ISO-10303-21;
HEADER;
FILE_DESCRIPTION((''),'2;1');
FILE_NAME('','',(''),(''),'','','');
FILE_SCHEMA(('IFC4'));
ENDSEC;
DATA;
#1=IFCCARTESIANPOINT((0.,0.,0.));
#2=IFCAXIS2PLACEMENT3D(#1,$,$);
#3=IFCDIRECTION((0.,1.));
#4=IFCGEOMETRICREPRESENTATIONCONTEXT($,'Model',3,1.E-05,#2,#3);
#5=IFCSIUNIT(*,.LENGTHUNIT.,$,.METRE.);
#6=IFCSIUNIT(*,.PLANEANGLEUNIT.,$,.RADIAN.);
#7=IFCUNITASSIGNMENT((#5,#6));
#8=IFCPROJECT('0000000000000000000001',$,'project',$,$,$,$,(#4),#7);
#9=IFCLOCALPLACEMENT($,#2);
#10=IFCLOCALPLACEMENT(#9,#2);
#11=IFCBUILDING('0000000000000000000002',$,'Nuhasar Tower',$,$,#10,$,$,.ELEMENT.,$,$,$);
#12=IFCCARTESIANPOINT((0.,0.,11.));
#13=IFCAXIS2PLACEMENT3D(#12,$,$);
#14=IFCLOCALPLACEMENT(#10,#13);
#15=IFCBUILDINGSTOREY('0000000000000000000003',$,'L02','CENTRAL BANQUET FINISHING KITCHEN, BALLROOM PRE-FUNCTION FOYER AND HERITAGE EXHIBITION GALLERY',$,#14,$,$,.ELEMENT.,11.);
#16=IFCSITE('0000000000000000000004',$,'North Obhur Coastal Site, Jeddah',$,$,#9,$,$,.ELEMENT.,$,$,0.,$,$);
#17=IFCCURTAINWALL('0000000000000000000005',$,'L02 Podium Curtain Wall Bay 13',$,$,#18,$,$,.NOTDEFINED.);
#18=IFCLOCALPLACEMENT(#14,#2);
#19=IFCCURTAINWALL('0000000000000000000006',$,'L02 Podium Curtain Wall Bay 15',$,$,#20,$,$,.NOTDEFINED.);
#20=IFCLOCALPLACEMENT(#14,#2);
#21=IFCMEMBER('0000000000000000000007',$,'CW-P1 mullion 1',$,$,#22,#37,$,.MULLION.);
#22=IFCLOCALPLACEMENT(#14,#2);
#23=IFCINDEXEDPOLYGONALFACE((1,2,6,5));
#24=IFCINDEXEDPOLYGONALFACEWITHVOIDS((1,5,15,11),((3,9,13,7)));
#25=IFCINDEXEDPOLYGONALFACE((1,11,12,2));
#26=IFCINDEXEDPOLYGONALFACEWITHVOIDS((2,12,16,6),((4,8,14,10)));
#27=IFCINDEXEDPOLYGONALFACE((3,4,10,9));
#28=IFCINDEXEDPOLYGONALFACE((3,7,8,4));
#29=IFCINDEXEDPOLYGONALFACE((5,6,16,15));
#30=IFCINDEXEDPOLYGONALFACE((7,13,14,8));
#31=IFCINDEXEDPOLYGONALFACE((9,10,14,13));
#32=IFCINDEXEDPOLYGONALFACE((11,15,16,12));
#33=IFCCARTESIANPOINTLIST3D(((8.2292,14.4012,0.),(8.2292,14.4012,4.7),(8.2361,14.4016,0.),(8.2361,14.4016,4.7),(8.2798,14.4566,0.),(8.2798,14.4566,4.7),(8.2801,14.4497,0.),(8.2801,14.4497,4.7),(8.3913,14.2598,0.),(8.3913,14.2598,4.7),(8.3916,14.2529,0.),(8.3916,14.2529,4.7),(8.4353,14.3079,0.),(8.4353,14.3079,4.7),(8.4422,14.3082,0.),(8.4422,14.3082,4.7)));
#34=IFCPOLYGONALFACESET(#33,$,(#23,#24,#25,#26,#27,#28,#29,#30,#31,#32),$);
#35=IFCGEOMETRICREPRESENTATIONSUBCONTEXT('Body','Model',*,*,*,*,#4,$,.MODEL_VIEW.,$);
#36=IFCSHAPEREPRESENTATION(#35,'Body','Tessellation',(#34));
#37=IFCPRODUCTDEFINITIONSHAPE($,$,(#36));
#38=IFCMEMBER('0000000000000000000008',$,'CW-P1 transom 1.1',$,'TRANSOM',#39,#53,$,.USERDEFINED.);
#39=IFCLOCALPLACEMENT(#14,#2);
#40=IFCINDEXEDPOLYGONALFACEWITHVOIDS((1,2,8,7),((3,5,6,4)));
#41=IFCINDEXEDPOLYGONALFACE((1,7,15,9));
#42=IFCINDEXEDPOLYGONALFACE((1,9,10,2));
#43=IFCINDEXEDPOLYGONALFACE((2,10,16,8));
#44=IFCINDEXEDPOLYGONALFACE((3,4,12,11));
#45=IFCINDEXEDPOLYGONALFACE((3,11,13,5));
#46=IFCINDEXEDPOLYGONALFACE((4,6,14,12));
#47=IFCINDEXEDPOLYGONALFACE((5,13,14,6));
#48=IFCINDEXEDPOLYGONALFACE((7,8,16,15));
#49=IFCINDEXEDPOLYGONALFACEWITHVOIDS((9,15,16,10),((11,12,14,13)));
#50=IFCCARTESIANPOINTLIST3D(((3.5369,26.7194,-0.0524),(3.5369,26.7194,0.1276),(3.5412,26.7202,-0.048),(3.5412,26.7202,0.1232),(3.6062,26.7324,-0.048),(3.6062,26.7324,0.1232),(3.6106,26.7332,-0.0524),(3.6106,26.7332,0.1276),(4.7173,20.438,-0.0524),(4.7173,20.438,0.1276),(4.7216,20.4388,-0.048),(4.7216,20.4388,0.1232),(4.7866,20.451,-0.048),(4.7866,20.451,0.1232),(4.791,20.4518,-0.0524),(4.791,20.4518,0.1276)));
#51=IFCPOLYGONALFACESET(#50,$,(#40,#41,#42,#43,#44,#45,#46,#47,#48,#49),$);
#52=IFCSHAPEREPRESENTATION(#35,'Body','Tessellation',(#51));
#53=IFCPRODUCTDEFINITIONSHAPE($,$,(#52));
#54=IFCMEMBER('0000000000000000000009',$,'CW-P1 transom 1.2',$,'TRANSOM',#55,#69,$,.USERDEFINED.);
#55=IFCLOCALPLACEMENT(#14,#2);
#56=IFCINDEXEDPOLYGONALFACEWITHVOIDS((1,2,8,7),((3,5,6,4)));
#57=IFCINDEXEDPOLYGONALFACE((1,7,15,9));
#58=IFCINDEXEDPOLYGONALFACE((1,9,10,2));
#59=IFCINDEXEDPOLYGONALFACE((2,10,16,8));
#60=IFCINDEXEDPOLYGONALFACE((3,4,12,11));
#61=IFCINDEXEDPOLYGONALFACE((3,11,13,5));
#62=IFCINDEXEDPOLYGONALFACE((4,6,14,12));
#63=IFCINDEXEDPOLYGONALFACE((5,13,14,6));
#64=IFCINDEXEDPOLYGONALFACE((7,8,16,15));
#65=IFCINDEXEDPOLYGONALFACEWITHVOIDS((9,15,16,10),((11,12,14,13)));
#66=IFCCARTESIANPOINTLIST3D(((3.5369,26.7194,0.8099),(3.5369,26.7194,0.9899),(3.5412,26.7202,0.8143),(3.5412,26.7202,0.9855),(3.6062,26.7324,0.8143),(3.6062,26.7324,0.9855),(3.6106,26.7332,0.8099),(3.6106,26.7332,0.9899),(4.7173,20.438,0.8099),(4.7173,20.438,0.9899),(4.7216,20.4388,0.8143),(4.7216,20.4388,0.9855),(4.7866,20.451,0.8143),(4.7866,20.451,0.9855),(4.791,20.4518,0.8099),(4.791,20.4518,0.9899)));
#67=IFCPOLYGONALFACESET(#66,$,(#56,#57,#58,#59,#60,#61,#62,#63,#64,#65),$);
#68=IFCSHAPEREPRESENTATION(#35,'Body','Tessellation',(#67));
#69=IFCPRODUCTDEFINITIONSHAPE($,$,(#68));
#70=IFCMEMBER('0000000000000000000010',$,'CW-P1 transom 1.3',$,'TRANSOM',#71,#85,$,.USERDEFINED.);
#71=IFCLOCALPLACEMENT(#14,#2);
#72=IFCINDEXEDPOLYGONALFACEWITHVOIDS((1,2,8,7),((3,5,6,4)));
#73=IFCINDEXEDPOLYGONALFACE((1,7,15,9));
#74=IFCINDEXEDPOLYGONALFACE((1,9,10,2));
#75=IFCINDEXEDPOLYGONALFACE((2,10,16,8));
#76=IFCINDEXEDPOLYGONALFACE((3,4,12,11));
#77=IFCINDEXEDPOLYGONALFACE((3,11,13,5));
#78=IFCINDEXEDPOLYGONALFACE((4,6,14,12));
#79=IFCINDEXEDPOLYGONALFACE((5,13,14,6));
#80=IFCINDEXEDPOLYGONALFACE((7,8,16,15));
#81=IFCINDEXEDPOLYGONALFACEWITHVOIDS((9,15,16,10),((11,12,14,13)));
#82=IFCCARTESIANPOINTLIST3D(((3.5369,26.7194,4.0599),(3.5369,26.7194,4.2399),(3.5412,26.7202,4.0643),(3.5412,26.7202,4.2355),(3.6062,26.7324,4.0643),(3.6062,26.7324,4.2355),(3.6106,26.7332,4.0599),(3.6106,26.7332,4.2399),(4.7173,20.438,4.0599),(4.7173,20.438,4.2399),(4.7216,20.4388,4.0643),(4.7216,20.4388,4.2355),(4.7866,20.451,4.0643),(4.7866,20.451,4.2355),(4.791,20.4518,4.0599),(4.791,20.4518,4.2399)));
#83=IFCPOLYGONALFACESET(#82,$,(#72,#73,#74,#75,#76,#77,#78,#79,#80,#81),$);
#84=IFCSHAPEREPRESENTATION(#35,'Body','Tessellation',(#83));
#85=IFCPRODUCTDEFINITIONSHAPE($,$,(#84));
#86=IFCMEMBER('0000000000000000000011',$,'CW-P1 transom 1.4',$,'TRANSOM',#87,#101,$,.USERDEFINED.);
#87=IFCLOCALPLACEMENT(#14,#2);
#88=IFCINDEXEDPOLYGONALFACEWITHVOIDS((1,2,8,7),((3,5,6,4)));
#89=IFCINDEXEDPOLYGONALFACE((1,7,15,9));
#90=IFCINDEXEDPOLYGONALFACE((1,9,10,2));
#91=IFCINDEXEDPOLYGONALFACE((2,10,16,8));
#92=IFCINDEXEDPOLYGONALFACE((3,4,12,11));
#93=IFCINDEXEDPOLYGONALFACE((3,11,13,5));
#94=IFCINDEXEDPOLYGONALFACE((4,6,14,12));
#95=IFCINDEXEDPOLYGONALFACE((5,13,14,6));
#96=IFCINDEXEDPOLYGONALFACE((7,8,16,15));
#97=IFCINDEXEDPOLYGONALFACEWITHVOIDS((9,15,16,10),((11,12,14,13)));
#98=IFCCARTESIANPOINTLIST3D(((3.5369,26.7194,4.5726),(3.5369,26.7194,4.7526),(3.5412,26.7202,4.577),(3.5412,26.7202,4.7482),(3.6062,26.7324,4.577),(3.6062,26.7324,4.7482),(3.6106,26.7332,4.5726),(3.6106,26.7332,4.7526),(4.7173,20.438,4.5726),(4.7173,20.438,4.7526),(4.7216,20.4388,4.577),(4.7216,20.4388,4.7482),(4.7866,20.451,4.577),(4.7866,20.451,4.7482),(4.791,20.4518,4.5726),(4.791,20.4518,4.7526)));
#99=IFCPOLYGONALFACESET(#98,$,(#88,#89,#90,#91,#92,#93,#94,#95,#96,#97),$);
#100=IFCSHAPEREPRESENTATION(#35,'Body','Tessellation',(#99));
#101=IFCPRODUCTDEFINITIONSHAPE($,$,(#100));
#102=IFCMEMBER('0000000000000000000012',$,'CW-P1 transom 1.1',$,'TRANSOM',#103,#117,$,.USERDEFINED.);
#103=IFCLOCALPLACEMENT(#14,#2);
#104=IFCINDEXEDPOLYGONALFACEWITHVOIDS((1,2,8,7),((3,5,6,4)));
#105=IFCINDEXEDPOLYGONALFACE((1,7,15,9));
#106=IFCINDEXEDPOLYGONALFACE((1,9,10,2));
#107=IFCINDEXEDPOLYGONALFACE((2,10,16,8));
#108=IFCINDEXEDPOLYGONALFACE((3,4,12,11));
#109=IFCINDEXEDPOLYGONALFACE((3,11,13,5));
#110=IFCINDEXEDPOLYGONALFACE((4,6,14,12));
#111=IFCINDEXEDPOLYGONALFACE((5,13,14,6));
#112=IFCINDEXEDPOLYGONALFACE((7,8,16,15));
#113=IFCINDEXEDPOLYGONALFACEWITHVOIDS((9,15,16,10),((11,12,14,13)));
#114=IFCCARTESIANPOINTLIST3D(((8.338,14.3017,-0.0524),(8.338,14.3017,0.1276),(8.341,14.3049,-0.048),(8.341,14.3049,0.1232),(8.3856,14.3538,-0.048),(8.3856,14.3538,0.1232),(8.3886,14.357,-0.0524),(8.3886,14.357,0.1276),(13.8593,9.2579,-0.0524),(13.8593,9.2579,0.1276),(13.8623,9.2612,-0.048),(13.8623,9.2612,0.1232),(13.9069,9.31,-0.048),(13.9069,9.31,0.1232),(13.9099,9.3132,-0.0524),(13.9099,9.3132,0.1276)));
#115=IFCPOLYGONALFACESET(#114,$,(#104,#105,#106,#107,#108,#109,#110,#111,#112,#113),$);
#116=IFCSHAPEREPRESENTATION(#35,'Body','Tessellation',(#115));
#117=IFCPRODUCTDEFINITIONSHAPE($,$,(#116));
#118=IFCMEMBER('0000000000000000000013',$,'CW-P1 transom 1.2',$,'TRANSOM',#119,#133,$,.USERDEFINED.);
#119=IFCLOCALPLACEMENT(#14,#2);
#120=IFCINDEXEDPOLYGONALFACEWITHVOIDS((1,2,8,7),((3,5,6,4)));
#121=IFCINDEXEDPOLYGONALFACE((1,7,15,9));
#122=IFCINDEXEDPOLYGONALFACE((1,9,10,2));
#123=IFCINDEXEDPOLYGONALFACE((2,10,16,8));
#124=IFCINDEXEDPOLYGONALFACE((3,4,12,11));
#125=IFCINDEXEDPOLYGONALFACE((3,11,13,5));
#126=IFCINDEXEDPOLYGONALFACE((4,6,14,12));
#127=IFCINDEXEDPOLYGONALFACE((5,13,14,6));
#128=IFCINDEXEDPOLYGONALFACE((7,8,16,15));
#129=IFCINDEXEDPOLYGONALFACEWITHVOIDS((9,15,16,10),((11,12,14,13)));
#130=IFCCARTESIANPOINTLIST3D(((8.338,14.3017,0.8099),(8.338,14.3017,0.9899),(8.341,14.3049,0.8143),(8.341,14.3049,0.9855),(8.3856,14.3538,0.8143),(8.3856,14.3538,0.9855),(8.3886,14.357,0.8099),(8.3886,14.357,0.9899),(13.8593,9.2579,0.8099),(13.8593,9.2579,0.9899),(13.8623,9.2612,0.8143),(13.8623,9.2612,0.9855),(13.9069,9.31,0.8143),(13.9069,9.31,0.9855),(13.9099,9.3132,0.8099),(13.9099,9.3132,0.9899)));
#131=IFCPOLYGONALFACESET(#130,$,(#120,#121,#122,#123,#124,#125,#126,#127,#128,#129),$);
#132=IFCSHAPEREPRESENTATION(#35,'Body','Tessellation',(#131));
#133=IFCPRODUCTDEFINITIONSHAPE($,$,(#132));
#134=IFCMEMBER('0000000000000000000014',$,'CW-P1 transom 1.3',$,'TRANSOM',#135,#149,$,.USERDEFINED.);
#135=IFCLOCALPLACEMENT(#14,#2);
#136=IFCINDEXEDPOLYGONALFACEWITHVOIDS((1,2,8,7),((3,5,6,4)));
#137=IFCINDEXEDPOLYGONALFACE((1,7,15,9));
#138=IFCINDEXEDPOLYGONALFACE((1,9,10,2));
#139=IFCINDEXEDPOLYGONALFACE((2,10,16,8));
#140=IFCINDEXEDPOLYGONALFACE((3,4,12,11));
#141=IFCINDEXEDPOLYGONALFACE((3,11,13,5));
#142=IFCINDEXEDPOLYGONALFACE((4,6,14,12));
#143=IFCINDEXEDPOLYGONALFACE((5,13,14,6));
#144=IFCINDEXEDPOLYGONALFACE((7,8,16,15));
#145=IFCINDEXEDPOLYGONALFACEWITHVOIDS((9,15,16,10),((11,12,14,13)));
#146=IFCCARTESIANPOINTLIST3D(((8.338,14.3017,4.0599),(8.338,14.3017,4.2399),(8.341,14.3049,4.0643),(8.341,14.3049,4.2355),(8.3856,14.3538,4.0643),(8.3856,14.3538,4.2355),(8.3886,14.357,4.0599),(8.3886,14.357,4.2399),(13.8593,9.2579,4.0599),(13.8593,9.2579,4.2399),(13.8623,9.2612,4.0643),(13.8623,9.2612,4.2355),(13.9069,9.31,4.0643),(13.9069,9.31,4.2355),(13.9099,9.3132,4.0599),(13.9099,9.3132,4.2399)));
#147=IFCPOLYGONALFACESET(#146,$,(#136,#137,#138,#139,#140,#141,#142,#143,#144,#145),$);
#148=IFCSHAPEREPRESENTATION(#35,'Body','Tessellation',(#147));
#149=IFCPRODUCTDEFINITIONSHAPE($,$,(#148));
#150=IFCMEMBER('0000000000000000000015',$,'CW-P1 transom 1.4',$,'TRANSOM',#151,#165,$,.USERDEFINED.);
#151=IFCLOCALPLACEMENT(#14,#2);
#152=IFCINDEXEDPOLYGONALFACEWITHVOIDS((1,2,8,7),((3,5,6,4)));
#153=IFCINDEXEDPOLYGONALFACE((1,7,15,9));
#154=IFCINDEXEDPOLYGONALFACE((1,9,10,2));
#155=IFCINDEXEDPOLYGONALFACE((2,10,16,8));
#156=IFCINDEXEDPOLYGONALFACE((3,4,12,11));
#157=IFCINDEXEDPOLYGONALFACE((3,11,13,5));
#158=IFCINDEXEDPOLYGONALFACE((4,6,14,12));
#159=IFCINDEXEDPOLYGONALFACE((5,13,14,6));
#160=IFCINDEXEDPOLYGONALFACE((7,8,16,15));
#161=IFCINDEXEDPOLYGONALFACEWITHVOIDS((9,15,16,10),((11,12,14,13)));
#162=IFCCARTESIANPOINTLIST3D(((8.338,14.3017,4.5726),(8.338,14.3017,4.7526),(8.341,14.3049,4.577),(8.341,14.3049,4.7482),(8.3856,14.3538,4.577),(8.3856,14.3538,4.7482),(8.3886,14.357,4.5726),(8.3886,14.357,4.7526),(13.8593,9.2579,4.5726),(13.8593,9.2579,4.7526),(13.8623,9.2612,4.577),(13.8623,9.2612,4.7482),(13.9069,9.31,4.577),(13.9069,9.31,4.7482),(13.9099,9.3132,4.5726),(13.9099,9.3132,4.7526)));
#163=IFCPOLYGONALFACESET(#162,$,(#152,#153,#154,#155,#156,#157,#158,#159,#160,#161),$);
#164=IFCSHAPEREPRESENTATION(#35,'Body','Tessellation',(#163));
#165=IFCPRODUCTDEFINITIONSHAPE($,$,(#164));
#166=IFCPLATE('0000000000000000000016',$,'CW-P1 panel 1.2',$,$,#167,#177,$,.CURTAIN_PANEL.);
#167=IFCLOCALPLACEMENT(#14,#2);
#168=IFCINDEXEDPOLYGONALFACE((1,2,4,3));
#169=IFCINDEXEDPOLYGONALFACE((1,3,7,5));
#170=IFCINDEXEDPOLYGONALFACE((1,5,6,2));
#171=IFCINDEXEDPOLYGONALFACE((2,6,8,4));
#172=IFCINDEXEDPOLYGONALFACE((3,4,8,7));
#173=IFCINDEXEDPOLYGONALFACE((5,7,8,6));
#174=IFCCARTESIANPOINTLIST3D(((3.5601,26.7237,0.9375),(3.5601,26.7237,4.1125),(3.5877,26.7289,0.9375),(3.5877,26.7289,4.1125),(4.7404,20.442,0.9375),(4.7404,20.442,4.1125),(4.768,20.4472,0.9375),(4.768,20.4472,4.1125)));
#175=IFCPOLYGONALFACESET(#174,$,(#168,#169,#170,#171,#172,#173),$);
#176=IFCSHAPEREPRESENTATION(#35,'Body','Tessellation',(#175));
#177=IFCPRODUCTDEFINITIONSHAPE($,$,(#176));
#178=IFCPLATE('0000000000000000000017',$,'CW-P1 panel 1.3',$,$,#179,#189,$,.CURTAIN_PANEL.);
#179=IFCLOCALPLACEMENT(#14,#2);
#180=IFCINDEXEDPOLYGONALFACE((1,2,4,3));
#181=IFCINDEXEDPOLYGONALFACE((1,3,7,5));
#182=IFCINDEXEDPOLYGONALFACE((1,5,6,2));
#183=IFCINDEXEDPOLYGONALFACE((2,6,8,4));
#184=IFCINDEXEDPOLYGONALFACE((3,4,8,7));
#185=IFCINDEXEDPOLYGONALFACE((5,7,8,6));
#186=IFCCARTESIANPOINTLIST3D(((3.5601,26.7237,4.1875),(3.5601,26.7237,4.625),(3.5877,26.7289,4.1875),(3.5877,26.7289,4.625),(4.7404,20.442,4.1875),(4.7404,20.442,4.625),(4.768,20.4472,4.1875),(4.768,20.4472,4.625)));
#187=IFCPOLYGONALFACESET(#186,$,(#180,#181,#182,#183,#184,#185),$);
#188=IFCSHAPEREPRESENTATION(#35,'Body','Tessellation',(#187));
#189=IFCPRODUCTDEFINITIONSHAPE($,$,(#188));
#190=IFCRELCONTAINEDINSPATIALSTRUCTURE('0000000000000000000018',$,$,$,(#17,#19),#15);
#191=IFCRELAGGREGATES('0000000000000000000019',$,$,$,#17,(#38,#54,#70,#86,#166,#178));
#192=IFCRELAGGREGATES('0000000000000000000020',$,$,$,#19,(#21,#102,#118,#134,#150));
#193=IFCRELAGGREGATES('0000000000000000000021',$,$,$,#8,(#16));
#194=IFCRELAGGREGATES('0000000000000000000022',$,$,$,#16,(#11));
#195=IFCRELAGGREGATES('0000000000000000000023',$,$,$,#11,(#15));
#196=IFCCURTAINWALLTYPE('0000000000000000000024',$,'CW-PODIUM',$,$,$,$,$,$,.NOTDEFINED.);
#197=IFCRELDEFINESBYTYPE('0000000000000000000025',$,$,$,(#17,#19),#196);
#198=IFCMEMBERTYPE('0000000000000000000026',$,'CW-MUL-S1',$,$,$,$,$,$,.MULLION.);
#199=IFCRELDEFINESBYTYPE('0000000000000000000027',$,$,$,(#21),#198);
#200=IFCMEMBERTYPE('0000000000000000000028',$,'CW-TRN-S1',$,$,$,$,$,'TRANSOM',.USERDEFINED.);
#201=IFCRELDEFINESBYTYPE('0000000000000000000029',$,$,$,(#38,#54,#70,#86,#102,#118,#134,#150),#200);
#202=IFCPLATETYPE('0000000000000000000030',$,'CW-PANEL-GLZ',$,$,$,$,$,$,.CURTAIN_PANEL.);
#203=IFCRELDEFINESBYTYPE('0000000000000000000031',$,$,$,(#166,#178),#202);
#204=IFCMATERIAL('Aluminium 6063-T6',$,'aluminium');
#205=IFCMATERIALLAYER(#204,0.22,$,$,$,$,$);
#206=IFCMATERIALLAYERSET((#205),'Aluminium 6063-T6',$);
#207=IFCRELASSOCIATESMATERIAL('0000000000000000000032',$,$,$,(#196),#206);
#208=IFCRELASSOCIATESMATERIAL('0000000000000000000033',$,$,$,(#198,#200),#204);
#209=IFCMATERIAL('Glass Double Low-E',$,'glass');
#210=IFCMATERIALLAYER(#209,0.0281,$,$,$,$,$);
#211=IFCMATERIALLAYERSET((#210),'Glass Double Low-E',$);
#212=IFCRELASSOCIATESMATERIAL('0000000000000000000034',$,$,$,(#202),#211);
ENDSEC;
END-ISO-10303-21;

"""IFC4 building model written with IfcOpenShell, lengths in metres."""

from ifc_helpers import new_model, si_unit, direction, frame, origin, origin_2d, place, context, subcontext, project, spatial, rectangle, hollow_rectangle, extrude, material, layer, layer_set, material_profile, profile_set, type_object, element, aggregate, save


model = new_model("IFC4")

# Units and contexts
model_context = context("Model", 3, precision=1e-05, world=origin(), true_north=direction((0.0, 1.0)))
body_context = subcontext(model_context, "Body", "Model", "MODEL_VIEW")
ifc_project = project(units=[si_unit("LENGTHUNIT", "METRE"), si_unit("PLANEANGLEUNIT", "RADIAN")], contexts=[model_context])

# Site, building, storey
site_placement = place(None, origin())
site = spatial("IfcSite", under=ifc_project, at=site_placement, Name="North Obhur Coastal Site, Jeddah", CompositionType="ELEMENT", RefElevation=0.0)
building_placement = place(site_placement, origin())
building = spatial("IfcBuilding", under=site, at=building_placement, Name="Nuhasar Tower", CompositionType="ELEMENT")
storey_placement = place(building_placement, frame((0.0, 0.0, 11.0)))
storey = spatial("IfcBuildingStorey", under=building, at=storey_placement, Name="L02", Description="CENTRAL BANQUET FINISHING KITCHEN, BALLROOM PRE-FUNCTION FOYER AND HERITAGE EXHIBITION GALLERY", CompositionType="ELEMENT", Elevation=11.0)

# Curtain wall
ifc_material_1 = material(Name="Aluminium 6063-T6", Category="aluminium")
ifc_layer_1 = layer(ifc_material_1, 0.22)
ifc_layer_set_1 = layer_set([ifc_layer_1], Name="Aluminium 6063-T6")
curtain_wall_type = type_object("IfcCurtainWallType", Name="CW-PODIUM", PredefinedType="NOTDEFINED", material=ifc_layer_set_1)
curtain_wall_1_placement = place(storey_placement, origin())
curtain_wall_1 = element("IfcCurtainWall", 1, at=curtain_wall_1_placement, inside=storey, type_object=curtain_wall_type, Name="L02 Podium Curtain Wall Bay 13", PredefinedType="NOTDEFINED")
ifc_material_profile_1 = material_profile(ifc_material_1, hollow_rectangle(XDim=0.075, YDim=0.22, WallThickness=0.0049, at=origin_2d()), Name="CWM-1")
ifc_profile_set_1 = profile_set([ifc_material_profile_1], Name="Aluminium 6063-T6")
member_type_1 = type_object("IfcMemberType", Name="CW-MUL-S1", PredefinedType="MULLION", material=ifc_profile_set_1)

# Curtain wall, member
curtain_wall_2_placement = place(storey_placement, origin())
curtain_wall_2 = element("IfcCurtainWall", 2, at=curtain_wall_2_placement, inside=storey, type_object=curtain_wall_type, Name="L02 Podium Curtain Wall Bay 15", PredefinedType="NOTDEFINED")
member_1_placement = place(storey_placement, frame((8.3357, 14.3547, 0.0), z_axis=(0.0, 0.0, 1.0), x_axis=(0.674465, 0.738307, 0.0)))
member_1 = element("IfcMember", 3, at=member_1_placement, type_object=member_type_1, Name="CW-P1 mullion 1", PredefinedType="MULLION", context=body_context, shape_type="SweptSolid", body=[
    extrude(hollow_rectangle(XDim=0.075, YDim=0.22, WallThickness=0.0049, at=origin_2d()), origin(), (0.0, 0.0, 1.0), 4.7),
])

# Members
ifc_material_profile_2 = material_profile(ifc_material_1, hollow_rectangle(XDim=0.075, YDim=0.1799, WallThickness=0.0044, at=origin_2d()), Name="CWT-1")
ifc_profile_set_2 = profile_set([ifc_material_profile_2], Name="Aluminium 6063-T6")
member_type_2 = type_object("IfcMemberType", Name="CW-TRN-S1", ElementType="TRANSOM", PredefinedType="USERDEFINED", material=ifc_profile_set_2)
member_2_placement = place(storey_placement, frame((3.5737, 26.7263, 0.0376), z_axis=(0.184688, -0.982797, 0.0), x_axis=(0.982797, 0.184688, 0.0)))
member_2 = element("IfcMember", 4, at=member_2_placement, type_object=member_type_2, Name="CW-P1 transom 1.1", ObjectType="TRANSOM", PredefinedType="USERDEFINED", context=body_context, shape_type="SweptSolid", body=[
    extrude(hollow_rectangle(XDim=0.075, YDim=0.1799, WallThickness=0.0044, at=origin_2d()), origin(), (0.0, 0.0, 1.0), 6.3914),
])
member_3_placement = place(storey_placement, frame((3.5737, 26.7263, 0.8999), z_axis=(0.184688, -0.982797, 0.0), x_axis=(0.982797, 0.184688, 0.0)))
member_3 = element("IfcMember", 5, at=member_3_placement, type_object=member_type_2, Name="CW-P1 transom 1.2", ObjectType="TRANSOM", PredefinedType="USERDEFINED", context=body_context, shape_type="SweptSolid", body=[
    extrude(hollow_rectangle(XDim=0.075, YDim=0.1799, WallThickness=0.0044, at=origin_2d()), origin(), (0.0, 0.0, 1.0), 6.3914),
])
member_4_placement = place(storey_placement, frame((3.5737, 26.7263, 4.1499), z_axis=(0.184688, -0.982797, 0.0), x_axis=(0.982797, 0.184688, 0.0)))
member_4 = element("IfcMember", 6, at=member_4_placement, type_object=member_type_2, Name="CW-P1 transom 1.3", ObjectType="TRANSOM", PredefinedType="USERDEFINED", context=body_context, shape_type="SweptSolid", body=[
    extrude(hollow_rectangle(XDim=0.075, YDim=0.1799, WallThickness=0.0044, at=origin_2d()), origin(), (0.0, 0.0, 1.0), 6.3914),
])
member_5_placement = place(storey_placement, frame((3.5737, 26.7263, 4.6626), z_axis=(0.184688, -0.982797, 0.0), x_axis=(0.982797, 0.184688, 0.0)))
member_5 = element("IfcMember", 7, at=member_5_placement, type_object=member_type_2, Name="CW-P1 transom 1.4", ObjectType="TRANSOM", PredefinedType="USERDEFINED", context=body_context, shape_type="SweptSolid", body=[
    extrude(hollow_rectangle(XDim=0.075, YDim=0.1799, WallThickness=0.0044, at=origin_2d()), origin(), (0.0, 0.0, 1.0), 6.3914),
])
member_6_placement = place(storey_placement, frame((8.3633, 14.3293, 0.0376), z_axis=(0.738314, -0.674457, 0.0), x_axis=(0.674457, 0.738314, 0.0)))
member_6 = element("IfcMember", 8, at=member_6_placement, type_object=member_type_2, Name="CW-P1 transom 1.1", ObjectType="TRANSOM", PredefinedType="USERDEFINED", context=body_context, shape_type="SweptSolid", body=[
    extrude(hollow_rectangle(XDim=0.075, YDim=0.1799, WallThickness=0.0044, at=origin_2d()), origin(), (0.0, 0.0, 1.0), 7.4783),
])
member_7_placement = place(storey_placement, frame((8.3633, 14.3293, 0.8999), z_axis=(0.738314, -0.674457, 0.0), x_axis=(0.674457, 0.738314, 0.0)))
member_7 = element("IfcMember", 9, at=member_7_placement, type_object=member_type_2, Name="CW-P1 transom 1.2", ObjectType="TRANSOM", PredefinedType="USERDEFINED", context=body_context, shape_type="SweptSolid", body=[
    extrude(hollow_rectangle(XDim=0.075, YDim=0.1799, WallThickness=0.0044, at=origin_2d()), origin(), (0.0, 0.0, 1.0), 7.4783),
])
member_8_placement = place(storey_placement, frame((8.3633, 14.3293, 4.1499), z_axis=(0.738314, -0.674457, 0.0), x_axis=(0.674457, 0.738314, 0.0)))
member_8 = element("IfcMember", 10, at=member_8_placement, type_object=member_type_2, Name="CW-P1 transom 1.3", ObjectType="TRANSOM", PredefinedType="USERDEFINED", context=body_context, shape_type="SweptSolid", body=[
    extrude(hollow_rectangle(XDim=0.075, YDim=0.1799, WallThickness=0.0044, at=origin_2d()), origin(), (0.0, 0.0, 1.0), 7.4783),
])
member_9_placement = place(storey_placement, frame((8.3633, 14.3293, 4.6626), z_axis=(0.738314, -0.674457, 0.0), x_axis=(0.674457, 0.738314, 0.0)))
member_9 = element("IfcMember", 11, at=member_9_placement, type_object=member_type_2, Name="CW-P1 transom 1.4", ObjectType="TRANSOM", PredefinedType="USERDEFINED", context=body_context, shape_type="SweptSolid", body=[
    extrude(hollow_rectangle(XDim=0.075, YDim=0.1799, WallThickness=0.0044, at=origin_2d()), origin(), (0.0, 0.0, 1.0), 7.4783),
])

# Plates
ifc_material_2 = material(Name="Glass Double Low-E", Category="glass")
ifc_layer_2 = layer(ifc_material_2, 0.0281)
ifc_layer_set_2 = layer_set([ifc_layer_2], Name="Glass Double Low-E")
plate_type_1 = type_object("IfcPlateType", Name="CW-PANEL-GLZ", PredefinedType="CURTAIN_PANEL", material=ifc_layer_set_2)
plate_1_placement = place(storey_placement, frame((4.1641, 23.5854, 0.9375), z_axis=(0.0, 0.0, 1.0), x_axis=(0.184667, -0.982801, 0.0)))
plate_1 = element("IfcPlate", 12, at=plate_1_placement, type_object=plate_type_1, Name="CW-P1 panel 1.2", PredefinedType="CURTAIN_PANEL", context=body_context, shape_type="SweptSolid", body=[
    extrude(rectangle(XDim=6.3916, YDim=0.0281, at=origin_2d()), origin(), (0.0, 0.0, 1.0), 3.175),
])
plate_2_placement = place(storey_placement, frame((4.1641, 23.5854, 4.1875), z_axis=(0.0, 0.0, 1.0), x_axis=(0.184667, -0.982801, 0.0)))
plate_2 = element("IfcPlate", 13, at=plate_2_placement, type_object=plate_type_1, Name="CW-P1 panel 1.3", PredefinedType="CURTAIN_PANEL", context=body_context, shape_type="SweptSolid", body=[
    extrude(rectangle(XDim=6.3916, YDim=0.0281, at=origin_2d()), origin(), (0.0, 0.0, 1.0), 0.4375),
])
aggregate(curtain_wall_1, [member_2, member_3, member_4, member_5, plate_1, plate_2])
aggregate(curtain_wall_2, [member_1, member_6, member_7, member_8, member_9])

save(model, "model.ifc")
